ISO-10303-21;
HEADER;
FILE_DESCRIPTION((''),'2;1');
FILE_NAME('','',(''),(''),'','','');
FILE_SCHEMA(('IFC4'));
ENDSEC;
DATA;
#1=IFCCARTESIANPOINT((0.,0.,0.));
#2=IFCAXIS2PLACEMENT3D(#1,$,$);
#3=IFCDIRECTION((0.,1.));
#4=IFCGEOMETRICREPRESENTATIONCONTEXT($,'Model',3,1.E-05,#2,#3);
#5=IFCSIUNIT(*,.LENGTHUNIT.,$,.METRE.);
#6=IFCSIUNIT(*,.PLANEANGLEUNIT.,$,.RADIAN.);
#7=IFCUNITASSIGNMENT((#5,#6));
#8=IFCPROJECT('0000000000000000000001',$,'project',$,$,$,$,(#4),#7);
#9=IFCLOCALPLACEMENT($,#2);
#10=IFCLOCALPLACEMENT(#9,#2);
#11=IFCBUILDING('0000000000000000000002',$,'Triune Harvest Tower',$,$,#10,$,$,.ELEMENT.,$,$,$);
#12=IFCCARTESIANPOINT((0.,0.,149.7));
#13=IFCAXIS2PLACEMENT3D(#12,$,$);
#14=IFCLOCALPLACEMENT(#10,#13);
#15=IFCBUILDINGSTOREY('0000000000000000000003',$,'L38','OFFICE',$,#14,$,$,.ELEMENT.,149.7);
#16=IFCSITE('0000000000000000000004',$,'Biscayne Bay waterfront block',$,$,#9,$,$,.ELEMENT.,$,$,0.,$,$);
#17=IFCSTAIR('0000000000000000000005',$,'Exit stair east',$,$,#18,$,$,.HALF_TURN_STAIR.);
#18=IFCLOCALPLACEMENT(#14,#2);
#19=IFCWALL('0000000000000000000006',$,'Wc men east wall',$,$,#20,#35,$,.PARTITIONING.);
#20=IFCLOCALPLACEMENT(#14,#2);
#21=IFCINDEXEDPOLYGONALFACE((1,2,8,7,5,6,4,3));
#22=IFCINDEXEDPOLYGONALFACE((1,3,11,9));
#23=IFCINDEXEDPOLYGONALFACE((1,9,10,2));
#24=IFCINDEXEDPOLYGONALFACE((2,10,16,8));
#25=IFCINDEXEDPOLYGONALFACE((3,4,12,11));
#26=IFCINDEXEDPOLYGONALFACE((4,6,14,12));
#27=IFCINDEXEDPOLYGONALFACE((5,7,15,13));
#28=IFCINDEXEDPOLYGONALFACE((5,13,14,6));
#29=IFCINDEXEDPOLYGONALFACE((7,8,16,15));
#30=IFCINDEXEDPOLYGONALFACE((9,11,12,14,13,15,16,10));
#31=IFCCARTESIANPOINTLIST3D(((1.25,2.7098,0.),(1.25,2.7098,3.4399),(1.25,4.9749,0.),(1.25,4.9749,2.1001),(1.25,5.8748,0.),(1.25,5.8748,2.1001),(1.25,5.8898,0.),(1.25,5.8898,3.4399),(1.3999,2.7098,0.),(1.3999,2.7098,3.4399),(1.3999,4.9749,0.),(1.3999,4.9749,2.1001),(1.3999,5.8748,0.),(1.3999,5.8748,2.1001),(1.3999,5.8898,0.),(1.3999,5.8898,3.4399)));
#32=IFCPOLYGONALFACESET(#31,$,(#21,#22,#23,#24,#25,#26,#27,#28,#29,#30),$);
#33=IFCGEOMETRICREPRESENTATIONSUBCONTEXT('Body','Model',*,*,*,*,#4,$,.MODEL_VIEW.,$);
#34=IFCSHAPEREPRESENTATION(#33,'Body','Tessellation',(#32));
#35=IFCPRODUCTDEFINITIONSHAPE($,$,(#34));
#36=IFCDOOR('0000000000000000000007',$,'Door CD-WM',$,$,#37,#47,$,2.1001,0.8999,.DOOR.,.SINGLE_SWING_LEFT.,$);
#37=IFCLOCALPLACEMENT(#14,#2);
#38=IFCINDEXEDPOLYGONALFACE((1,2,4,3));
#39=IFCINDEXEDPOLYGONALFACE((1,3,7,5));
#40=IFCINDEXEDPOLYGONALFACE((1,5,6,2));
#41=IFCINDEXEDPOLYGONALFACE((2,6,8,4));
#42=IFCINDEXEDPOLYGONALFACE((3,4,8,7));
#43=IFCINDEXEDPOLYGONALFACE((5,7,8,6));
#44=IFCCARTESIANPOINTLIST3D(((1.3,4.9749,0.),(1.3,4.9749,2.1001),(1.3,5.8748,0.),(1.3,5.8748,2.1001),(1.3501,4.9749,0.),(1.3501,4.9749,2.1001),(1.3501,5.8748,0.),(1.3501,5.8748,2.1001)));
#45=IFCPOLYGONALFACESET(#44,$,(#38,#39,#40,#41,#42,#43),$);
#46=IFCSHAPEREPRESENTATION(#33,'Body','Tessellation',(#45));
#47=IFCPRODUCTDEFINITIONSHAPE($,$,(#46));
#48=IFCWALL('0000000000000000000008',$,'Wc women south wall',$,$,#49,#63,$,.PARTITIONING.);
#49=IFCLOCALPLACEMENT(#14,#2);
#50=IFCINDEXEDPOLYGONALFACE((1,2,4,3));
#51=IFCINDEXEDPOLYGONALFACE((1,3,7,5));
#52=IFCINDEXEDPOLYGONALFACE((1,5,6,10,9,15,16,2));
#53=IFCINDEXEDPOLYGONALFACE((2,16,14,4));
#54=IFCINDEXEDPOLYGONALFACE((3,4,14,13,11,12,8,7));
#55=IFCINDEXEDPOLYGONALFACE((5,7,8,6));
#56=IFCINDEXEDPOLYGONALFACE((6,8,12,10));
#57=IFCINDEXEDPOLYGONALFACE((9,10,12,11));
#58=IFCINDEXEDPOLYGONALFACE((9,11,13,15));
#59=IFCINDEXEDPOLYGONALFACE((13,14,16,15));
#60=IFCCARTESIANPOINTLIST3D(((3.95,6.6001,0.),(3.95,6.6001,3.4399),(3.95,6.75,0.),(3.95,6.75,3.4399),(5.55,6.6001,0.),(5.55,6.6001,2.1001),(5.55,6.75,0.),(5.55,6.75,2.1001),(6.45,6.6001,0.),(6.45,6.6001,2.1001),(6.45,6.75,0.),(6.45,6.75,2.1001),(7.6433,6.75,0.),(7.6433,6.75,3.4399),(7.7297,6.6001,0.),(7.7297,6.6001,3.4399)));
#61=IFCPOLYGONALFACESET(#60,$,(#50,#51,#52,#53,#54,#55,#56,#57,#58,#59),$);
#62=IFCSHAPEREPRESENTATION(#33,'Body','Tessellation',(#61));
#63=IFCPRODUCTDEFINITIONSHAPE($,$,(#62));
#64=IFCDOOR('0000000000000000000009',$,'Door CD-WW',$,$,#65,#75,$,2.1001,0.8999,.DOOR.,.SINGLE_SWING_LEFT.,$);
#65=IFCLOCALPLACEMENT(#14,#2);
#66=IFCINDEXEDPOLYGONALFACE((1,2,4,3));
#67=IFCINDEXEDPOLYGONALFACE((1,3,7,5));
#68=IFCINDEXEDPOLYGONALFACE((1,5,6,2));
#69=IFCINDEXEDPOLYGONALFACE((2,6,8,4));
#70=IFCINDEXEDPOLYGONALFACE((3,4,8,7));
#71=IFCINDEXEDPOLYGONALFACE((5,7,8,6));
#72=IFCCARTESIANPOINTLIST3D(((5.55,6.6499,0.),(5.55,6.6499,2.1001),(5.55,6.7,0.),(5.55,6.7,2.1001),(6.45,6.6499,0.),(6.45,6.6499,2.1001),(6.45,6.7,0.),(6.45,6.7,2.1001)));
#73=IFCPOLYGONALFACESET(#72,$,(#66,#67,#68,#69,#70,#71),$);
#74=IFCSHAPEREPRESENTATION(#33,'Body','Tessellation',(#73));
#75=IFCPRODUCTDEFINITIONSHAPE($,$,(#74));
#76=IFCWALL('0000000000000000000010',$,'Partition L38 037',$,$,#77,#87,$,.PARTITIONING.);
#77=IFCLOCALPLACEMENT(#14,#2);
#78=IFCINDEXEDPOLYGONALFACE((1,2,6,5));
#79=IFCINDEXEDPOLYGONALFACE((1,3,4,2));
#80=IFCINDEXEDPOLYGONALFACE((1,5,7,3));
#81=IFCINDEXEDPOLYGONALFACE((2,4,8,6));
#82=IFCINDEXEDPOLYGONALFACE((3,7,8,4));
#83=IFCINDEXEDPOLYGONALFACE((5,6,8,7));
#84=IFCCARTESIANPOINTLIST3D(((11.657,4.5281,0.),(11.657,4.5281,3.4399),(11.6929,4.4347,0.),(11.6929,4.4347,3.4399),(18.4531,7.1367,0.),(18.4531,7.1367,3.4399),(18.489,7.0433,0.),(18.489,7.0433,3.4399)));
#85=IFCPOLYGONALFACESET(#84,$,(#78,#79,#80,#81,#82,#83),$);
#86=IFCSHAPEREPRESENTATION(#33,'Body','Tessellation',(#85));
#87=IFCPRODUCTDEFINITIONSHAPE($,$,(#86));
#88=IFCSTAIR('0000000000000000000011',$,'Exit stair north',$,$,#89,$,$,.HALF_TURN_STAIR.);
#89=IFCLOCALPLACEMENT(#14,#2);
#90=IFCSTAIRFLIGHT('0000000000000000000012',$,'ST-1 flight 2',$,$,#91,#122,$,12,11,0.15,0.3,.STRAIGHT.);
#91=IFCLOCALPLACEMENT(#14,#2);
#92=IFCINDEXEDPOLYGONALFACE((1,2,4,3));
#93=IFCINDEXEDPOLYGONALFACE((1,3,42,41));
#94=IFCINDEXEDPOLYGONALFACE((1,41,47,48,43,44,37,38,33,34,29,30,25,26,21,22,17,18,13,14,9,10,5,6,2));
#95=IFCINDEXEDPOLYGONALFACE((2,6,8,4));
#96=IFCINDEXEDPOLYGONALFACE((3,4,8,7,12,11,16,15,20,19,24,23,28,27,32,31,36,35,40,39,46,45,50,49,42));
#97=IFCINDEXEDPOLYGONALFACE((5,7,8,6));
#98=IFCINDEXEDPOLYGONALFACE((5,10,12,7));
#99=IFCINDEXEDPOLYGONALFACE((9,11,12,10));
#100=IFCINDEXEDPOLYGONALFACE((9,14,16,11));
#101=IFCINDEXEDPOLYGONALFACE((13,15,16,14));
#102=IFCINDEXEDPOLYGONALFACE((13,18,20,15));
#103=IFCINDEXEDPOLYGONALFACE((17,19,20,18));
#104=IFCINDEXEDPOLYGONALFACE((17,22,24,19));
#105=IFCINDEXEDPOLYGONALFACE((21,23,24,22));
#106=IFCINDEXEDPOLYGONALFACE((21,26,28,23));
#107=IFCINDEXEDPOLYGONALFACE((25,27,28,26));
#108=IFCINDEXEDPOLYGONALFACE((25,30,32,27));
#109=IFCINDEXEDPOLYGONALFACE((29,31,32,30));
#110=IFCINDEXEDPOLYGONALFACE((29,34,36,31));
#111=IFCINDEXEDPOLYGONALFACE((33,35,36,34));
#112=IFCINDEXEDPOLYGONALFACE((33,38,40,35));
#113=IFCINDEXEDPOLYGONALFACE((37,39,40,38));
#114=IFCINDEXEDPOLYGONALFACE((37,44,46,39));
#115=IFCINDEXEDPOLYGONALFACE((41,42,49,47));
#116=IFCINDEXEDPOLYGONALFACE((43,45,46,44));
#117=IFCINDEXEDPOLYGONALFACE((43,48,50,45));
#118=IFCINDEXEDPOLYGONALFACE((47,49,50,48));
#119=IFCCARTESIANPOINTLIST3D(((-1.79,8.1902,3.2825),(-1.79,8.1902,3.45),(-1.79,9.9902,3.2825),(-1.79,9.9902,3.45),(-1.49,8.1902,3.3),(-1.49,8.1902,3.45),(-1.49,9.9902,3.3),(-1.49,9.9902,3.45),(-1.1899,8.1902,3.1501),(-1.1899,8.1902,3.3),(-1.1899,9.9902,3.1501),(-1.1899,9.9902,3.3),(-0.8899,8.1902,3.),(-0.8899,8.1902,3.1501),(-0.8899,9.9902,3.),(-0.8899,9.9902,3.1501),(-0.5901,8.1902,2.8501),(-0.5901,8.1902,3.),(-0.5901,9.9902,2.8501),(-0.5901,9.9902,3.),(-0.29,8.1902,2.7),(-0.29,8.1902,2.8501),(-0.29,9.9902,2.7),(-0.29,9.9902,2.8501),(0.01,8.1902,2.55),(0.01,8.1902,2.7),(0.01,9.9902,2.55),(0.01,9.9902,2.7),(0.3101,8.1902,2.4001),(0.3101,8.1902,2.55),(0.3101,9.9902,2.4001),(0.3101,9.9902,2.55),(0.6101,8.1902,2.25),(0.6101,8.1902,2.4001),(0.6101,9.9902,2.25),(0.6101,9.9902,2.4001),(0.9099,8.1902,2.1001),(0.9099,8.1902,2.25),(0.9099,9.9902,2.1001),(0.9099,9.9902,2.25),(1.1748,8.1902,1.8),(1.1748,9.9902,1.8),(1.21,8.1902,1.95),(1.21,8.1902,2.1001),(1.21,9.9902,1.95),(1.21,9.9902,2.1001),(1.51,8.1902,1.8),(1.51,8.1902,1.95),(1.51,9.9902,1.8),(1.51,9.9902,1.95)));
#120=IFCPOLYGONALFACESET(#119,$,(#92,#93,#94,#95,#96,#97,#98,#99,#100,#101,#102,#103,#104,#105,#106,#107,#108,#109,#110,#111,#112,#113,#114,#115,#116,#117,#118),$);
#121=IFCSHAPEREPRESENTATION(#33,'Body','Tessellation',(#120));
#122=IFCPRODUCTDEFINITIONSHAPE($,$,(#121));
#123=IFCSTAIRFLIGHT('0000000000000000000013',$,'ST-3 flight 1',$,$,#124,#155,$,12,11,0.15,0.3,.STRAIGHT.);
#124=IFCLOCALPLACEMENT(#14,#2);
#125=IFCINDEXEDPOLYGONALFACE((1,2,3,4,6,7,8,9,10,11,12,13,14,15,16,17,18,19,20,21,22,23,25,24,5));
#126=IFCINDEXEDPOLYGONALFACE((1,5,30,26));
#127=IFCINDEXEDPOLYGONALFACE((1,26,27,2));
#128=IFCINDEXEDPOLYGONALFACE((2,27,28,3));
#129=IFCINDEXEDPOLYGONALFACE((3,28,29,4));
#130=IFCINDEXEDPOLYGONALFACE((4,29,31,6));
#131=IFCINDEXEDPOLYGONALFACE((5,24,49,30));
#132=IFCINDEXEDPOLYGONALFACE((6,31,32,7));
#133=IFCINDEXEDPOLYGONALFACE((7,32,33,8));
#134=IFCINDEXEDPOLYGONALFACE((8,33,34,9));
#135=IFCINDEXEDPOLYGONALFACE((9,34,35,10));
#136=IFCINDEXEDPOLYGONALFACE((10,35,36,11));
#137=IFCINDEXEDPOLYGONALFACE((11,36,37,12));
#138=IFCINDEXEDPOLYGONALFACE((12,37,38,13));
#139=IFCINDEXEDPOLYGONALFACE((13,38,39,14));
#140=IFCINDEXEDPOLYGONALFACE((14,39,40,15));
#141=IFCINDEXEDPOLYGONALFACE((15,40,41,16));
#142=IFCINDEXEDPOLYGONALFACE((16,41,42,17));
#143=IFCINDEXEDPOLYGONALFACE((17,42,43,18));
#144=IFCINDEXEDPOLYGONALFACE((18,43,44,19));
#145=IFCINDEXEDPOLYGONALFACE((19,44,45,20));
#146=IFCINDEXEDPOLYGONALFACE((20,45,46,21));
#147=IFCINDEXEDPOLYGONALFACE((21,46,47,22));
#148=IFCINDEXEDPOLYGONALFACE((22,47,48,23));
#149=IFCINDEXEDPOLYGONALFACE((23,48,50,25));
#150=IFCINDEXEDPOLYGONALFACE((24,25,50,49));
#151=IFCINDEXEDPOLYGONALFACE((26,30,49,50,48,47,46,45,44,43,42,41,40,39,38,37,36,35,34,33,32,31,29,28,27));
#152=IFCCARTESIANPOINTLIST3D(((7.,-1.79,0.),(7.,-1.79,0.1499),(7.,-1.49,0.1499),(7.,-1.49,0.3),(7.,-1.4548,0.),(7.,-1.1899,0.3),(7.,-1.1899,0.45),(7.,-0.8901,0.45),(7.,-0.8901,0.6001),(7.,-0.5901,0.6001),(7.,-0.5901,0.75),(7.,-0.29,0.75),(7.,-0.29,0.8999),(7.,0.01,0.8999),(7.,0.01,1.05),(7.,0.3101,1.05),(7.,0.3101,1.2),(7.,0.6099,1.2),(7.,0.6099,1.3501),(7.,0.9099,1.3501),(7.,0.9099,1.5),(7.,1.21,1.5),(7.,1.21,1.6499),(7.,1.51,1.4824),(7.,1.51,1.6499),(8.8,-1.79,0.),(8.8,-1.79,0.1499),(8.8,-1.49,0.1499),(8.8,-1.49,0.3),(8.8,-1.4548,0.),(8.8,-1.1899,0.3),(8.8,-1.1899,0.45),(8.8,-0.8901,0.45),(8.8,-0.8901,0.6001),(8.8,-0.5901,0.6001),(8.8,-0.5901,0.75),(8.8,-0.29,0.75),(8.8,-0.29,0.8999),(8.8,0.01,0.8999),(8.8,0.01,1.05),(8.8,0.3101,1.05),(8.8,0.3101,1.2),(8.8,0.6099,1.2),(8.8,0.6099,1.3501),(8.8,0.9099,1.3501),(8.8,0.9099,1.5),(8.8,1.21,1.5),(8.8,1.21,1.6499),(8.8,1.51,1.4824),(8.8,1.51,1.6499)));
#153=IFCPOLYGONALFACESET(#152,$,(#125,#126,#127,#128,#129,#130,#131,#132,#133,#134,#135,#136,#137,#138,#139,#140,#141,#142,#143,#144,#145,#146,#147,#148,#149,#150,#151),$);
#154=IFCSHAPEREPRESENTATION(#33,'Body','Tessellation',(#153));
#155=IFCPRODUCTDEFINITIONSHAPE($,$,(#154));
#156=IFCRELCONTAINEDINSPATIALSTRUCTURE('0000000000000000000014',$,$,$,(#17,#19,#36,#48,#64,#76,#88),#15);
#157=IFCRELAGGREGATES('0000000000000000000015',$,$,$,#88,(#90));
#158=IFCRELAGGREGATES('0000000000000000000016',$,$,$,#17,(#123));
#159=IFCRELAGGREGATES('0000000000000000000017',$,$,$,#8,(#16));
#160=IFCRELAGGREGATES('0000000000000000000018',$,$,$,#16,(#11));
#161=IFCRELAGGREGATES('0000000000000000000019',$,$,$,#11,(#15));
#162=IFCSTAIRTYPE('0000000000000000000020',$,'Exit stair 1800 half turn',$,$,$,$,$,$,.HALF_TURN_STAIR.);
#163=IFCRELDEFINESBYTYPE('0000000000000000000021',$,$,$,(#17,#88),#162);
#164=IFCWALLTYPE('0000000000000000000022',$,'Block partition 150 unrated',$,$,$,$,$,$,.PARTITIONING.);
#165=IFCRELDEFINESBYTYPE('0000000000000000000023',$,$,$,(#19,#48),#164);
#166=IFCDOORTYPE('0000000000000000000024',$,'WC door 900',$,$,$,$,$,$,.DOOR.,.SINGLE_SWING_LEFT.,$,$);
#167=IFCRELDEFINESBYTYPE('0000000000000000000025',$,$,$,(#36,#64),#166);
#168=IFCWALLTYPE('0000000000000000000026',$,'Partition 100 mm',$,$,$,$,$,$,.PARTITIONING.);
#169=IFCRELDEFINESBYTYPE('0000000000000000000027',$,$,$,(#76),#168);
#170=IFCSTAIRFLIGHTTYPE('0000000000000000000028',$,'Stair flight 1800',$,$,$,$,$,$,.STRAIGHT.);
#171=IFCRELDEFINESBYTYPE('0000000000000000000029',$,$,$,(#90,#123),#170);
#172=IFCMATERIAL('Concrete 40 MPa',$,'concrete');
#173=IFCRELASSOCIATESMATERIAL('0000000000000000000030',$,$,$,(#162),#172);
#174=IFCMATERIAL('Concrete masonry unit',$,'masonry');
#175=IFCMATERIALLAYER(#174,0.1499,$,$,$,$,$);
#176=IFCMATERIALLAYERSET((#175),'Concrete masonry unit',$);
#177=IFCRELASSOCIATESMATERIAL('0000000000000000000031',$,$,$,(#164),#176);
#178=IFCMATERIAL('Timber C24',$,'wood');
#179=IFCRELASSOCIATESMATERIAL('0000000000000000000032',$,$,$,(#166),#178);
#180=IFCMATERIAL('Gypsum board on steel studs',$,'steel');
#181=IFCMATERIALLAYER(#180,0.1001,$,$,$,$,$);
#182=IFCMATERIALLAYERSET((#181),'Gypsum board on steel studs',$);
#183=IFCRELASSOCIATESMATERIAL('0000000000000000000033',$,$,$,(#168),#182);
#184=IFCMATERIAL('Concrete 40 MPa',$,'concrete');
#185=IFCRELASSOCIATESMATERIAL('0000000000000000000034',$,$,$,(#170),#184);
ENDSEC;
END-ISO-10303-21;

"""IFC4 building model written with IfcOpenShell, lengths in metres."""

from ifc_helpers import new_model, si_unit, direction, frame, frame_2d, origin, place, context, subcontext, project, spatial, polyline, rectangle, outline, extrude, source, transform, mapped, material, layer, layer_set, type_object, element, fill, aggregate, save


model = new_model("IFC4")

# Units and contexts
model_context = context("Model", 3, precision=1e-05, world=origin(), true_north=direction((0.0, 1.0)))
body_context = subcontext(model_context, "Body", "Model", "MODEL_VIEW")
ifc_project = project(units=[si_unit("LENGTHUNIT", "METRE"), si_unit("PLANEANGLEUNIT", "RADIAN")], contexts=[model_context])

# Site, building, storey
site_placement = place(None, origin())
site = spatial("IfcSite", under=ifc_project, at=site_placement, Name="Biscayne Bay waterfront block", CompositionType="ELEMENT", RefElevation=0.0)
building_placement = place(site_placement, origin())
building = spatial("IfcBuilding", under=site, at=building_placement, Name="Triune Harvest Tower", CompositionType="ELEMENT")
storey_placement = place(building_placement, frame((0.0, 0.0, 149.7)))
storey = spatial("IfcBuildingStorey", under=building, at=storey_placement, Name="L38", Description="OFFICE", CompositionType="ELEMENT", Elevation=149.7)

# Shared definitions
ifc_material_1 = material(Name="Concrete 40 MPa", Category="concrete")
stair_type = type_object("IfcStairType", Name="Exit stair 1800 half turn", PredefinedType="HALF_TURN_STAIR", material=ifc_material_1)

# Stair
stair_1_placement = place(storey_placement, origin())
stair_1 = element("IfcStair", 1, at=stair_1_placement, inside=storey, type_object=stair_type, Name="Exit stair east", PredefinedType="HALF_TURN_STAIR")

# Walls, openings, doors
ifc_material_2 = material(Name="Concrete masonry unit", Category="masonry")
ifc_layer_1 = layer(ifc_material_2, 0.1499)
ifc_layer_set_1 = layer_set([ifc_layer_1], Name="Concrete masonry unit")
wall_type_1 = type_object("IfcWallType", Name="Block partition 150 unrated", PredefinedType="PARTITIONING", material=ifc_layer_set_1)
shared_shape_1 = source(origin(), body_context, "Body", "SweptSolid", [
    extrude(rectangle(XDim=3.1799, YDim=0.1499, at=frame_2d((1.5898, 0.0))), origin(), (0.0, 0.0, 1.0), 3.4399),
])
wall_1_placement = place(storey_placement, frame((1.325, 2.71, 0.0), z_axis=(0.0, 0.0, 1.0), x_axis=(0.0, 1.0, 0.0)))
wall_1 = element("IfcWall", 2, at=wall_1_placement, inside=storey, type_object=wall_type_1, Name="Wc men east wall", PredefinedType="PARTITIONING", context=body_context, shape_type="MappedRepresentation", body=[
    mapped(shared_shape_1, transform((0.0, 0.0, 0.0), scale=1.0)),
])
opening_1_placement = place(wall_1_placement, frame((2.2649, 0.0, 0.0)))
opening_1 = element("IfcOpeningElement", 3, at=opening_1_placement, cuts=wall_1, PredefinedType="OPENING", context=body_context, shape_type="SweptSolid", body=[
    extrude(rectangle(XDim=0.8999, YDim=2.1001, at=frame_2d((0.45, 1.05))), frame((0.0, 0.085, 0.0), z_axis=(0.0, -1.0, 0.0), x_axis=(1.0, 0.0, 0.0)), (0.0, 0.0, 1.0), 0.1699),
])
ifc_material_3 = material(Name="Timber C24", Category="wood")
door_type_1 = type_object("IfcDoorType", Name="WC door 900", OperationType="SINGLE_SWING_LEFT", PredefinedType="DOOR", material=ifc_material_3)
door_1_placement = place(opening_1_placement, origin())
door_1 = element("IfcDoor", 4, at=door_1_placement, inside=storey, type_object=door_type_1, Name="Door CD-WM", OperationType="SINGLE_SWING_LEFT", OverallHeight=2.1001, OverallWidth=0.8999, PredefinedType="DOOR", context=body_context, shape_type="SweptSolid", body=[
    extrude(rectangle(XDim=0.8999, YDim=2.1001, at=frame_2d((0.45, 1.05))), frame((0.0, 0.0249, 0.0), z_axis=(0.0, -1.0, 0.0), x_axis=(1.0, 0.0, 0.0)), (0.0, 0.0, 1.0), 0.05),
])
fill(opening_1, door_1)
shared_shape_2 = source(origin(), body_context, "Body", "SweptSolid", [
    extrude(outline(polyline([(0.0, -0.075), (0.0, 0.075), (3.6934, 0.075), (3.7798, -0.075), (0.0, -0.075)])), origin(), (0.0, 0.0, 1.0), 3.4399),
])
wall_2_placement = place(storey_placement, frame((3.95, 6.675, 0.0), z_axis=(0.0, 0.0, 1.0), x_axis=(1.0, 0.0, 0.0)))
wall_2 = element("IfcWall", 5, at=wall_2_placement, inside=storey, type_object=wall_type_1, Name="Wc women south wall", PredefinedType="PARTITIONING", context=body_context, shape_type="MappedRepresentation", body=[
    mapped(shared_shape_2, transform((0.0, 0.0, 0.0), scale=1.0)),
])
opening_2_placement = place(wall_2_placement, frame((1.6001, 0.0, 0.0)))
opening_2 = element("IfcOpeningElement", 6, at=opening_2_placement, cuts=wall_2, PredefinedType="OPENING", context=body_context, shape_type="SweptSolid", body=[
    extrude(rectangle(XDim=0.8999, YDim=2.1001, at=frame_2d((0.45, 1.05))), frame((0.0, 0.085, 0.0), z_axis=(0.0, -1.0, 0.0), x_axis=(1.0, 0.0, 0.0)), (0.0, 0.0, 1.0), 0.1699),
])
door_2_placement = place(opening_2_placement, origin())
door_2 = element("IfcDoor", 7, at=door_2_placement, inside=storey, type_object=door_type_1, Name="Door CD-WW", OperationType="SINGLE_SWING_LEFT", OverallHeight=2.1001, OverallWidth=0.8999, PredefinedType="DOOR", context=body_context, shape_type="SweptSolid", body=[
    extrude(rectangle(XDim=0.8999, YDim=2.1001, at=frame_2d((0.45, 1.05))), frame((0.0, 0.0249, 0.0), z_axis=(0.0, -1.0, 0.0), x_axis=(1.0, 0.0, 0.0)), (0.0, 0.0, 1.0), 0.05),
])
fill(opening_2, door_2)

# Wall
ifc_material_4 = material(Name="Gypsum board on steel studs", Category="steel")
ifc_layer_2 = layer(ifc_material_4, 0.1001)
ifc_layer_set_2 = layer_set([ifc_layer_2], Name="Gypsum board on steel studs")
wall_type_2 = type_object("IfcWallType", Name="Partition 100 mm", PredefinedType="PARTITIONING", material=ifc_layer_set_2)
shared_shape_3 = source(origin(), body_context, "Body", "SweptSolid", [
    extrude(rectangle(XDim=7.2795, YDim=0.1001, at=frame_2d((3.6396, 0.0))), origin(), (0.0, 0.0, 1.0), 3.4399),
])
wall_3_placement = place(storey_placement, frame((11.675, 4.4814, 0.0), z_axis=(0.0, 0.0, 1.0), x_axis=(0.933587, 0.35835, 0.0)))
element("IfcWall", 8, at=wall_3_placement, inside=storey, type_object=wall_type_2, Name="Partition L38 037", PredefinedType="PARTITIONING", context=body_context, shape_type="MappedRepresentation", body=[
    mapped(shared_shape_3, transform((0.0, 0.0, 0.0), scale=1.0)),
])

# Stair, stair flight
stair_2_placement = place(storey_placement, origin())
stair_2 = element("IfcStair", 9, at=stair_2_placement, inside=storey, type_object=stair_type, Name="Exit stair north", PredefinedType="HALF_TURN_STAIR")
ifc_material_5 = material(Name="Concrete 40 MPa", Category="concrete")
stair_flight_type = type_object("IfcStairFlightType", Name="Stair flight 1800", PredefinedType="STRAIGHT", material=ifc_material_5)
shared_shape_4 = source(origin(), body_context, "Body", "SweptSolid", [
    extrude(outline(polyline([(0.0, 0.0), (0.0, 0.1499), (0.3, 0.1499), (0.3, 0.3), (0.6001, 0.3), (0.6001, 0.45), (0.8999, 0.45), (0.8999, 0.6001), (1.2, 0.6001), (1.2, 0.75), (1.5, 0.75), (1.5, 0.8999), (1.8, 0.8999), (1.8, 1.05), (2.1001, 1.05), (2.1001, 1.2), (2.3999, 1.2), (2.3999, 1.3501), (2.7, 1.3501), (2.7, 1.5), (3.0, 1.5), (3.0, 1.6499), (3.3, 1.6499), (3.3, 1.8), (3.3, 1.4824), (0.3352, 0.0), (0.0, 0.0)])), frame((0.0, 0.8999, 0.0), z_axis=(0.0, -1.0, 0.0), x_axis=(1.0, 0.0, 0.0)), (0.0, 0.0, 1.0), 1.8),
])
stair_flight_1_placement = place(storey_placement, frame((1.51, 9.0901, 1.8), z_axis=(0.0, 0.0, 1.0), x_axis=(-1.0, 0.0, 0.0)))
stair_flight_1 = element("IfcStairFlight", 10, at=stair_flight_1_placement, type_object=stair_flight_type, Name="ST-1 flight 2", NumberOfRisers=12, NumberOfTreads=11, PredefinedType="STRAIGHT", RiserHeight=0.15, TreadLength=0.3, context=body_context, shape_type="MappedRepresentation", body=[
    mapped(shared_shape_4, transform((0.0, 0.0, 0.0), scale=1.0)),
])
aggregate(stair_2, [stair_flight_1])

# Stair flight
stair_flight_2_placement = place(storey_placement, frame((7.8999, -1.79, 0.0), z_axis=(0.0, 0.0, 1.0), x_axis=(0.0, 1.0, 0.0)))
stair_flight_2 = element("IfcStairFlight", 11, at=stair_flight_2_placement, type_object=stair_flight_type, Name="ST-3 flight 1", NumberOfRisers=12, NumberOfTreads=11, PredefinedType="STRAIGHT", RiserHeight=0.15, TreadLength=0.3, context=body_context, shape_type="MappedRepresentation", body=[
    mapped(shared_shape_4, transform((0.0, 0.0, 0.0), scale=1.0)),
])
aggregate(stair_1, [stair_flight_2])

save(model, "model.ifc")
